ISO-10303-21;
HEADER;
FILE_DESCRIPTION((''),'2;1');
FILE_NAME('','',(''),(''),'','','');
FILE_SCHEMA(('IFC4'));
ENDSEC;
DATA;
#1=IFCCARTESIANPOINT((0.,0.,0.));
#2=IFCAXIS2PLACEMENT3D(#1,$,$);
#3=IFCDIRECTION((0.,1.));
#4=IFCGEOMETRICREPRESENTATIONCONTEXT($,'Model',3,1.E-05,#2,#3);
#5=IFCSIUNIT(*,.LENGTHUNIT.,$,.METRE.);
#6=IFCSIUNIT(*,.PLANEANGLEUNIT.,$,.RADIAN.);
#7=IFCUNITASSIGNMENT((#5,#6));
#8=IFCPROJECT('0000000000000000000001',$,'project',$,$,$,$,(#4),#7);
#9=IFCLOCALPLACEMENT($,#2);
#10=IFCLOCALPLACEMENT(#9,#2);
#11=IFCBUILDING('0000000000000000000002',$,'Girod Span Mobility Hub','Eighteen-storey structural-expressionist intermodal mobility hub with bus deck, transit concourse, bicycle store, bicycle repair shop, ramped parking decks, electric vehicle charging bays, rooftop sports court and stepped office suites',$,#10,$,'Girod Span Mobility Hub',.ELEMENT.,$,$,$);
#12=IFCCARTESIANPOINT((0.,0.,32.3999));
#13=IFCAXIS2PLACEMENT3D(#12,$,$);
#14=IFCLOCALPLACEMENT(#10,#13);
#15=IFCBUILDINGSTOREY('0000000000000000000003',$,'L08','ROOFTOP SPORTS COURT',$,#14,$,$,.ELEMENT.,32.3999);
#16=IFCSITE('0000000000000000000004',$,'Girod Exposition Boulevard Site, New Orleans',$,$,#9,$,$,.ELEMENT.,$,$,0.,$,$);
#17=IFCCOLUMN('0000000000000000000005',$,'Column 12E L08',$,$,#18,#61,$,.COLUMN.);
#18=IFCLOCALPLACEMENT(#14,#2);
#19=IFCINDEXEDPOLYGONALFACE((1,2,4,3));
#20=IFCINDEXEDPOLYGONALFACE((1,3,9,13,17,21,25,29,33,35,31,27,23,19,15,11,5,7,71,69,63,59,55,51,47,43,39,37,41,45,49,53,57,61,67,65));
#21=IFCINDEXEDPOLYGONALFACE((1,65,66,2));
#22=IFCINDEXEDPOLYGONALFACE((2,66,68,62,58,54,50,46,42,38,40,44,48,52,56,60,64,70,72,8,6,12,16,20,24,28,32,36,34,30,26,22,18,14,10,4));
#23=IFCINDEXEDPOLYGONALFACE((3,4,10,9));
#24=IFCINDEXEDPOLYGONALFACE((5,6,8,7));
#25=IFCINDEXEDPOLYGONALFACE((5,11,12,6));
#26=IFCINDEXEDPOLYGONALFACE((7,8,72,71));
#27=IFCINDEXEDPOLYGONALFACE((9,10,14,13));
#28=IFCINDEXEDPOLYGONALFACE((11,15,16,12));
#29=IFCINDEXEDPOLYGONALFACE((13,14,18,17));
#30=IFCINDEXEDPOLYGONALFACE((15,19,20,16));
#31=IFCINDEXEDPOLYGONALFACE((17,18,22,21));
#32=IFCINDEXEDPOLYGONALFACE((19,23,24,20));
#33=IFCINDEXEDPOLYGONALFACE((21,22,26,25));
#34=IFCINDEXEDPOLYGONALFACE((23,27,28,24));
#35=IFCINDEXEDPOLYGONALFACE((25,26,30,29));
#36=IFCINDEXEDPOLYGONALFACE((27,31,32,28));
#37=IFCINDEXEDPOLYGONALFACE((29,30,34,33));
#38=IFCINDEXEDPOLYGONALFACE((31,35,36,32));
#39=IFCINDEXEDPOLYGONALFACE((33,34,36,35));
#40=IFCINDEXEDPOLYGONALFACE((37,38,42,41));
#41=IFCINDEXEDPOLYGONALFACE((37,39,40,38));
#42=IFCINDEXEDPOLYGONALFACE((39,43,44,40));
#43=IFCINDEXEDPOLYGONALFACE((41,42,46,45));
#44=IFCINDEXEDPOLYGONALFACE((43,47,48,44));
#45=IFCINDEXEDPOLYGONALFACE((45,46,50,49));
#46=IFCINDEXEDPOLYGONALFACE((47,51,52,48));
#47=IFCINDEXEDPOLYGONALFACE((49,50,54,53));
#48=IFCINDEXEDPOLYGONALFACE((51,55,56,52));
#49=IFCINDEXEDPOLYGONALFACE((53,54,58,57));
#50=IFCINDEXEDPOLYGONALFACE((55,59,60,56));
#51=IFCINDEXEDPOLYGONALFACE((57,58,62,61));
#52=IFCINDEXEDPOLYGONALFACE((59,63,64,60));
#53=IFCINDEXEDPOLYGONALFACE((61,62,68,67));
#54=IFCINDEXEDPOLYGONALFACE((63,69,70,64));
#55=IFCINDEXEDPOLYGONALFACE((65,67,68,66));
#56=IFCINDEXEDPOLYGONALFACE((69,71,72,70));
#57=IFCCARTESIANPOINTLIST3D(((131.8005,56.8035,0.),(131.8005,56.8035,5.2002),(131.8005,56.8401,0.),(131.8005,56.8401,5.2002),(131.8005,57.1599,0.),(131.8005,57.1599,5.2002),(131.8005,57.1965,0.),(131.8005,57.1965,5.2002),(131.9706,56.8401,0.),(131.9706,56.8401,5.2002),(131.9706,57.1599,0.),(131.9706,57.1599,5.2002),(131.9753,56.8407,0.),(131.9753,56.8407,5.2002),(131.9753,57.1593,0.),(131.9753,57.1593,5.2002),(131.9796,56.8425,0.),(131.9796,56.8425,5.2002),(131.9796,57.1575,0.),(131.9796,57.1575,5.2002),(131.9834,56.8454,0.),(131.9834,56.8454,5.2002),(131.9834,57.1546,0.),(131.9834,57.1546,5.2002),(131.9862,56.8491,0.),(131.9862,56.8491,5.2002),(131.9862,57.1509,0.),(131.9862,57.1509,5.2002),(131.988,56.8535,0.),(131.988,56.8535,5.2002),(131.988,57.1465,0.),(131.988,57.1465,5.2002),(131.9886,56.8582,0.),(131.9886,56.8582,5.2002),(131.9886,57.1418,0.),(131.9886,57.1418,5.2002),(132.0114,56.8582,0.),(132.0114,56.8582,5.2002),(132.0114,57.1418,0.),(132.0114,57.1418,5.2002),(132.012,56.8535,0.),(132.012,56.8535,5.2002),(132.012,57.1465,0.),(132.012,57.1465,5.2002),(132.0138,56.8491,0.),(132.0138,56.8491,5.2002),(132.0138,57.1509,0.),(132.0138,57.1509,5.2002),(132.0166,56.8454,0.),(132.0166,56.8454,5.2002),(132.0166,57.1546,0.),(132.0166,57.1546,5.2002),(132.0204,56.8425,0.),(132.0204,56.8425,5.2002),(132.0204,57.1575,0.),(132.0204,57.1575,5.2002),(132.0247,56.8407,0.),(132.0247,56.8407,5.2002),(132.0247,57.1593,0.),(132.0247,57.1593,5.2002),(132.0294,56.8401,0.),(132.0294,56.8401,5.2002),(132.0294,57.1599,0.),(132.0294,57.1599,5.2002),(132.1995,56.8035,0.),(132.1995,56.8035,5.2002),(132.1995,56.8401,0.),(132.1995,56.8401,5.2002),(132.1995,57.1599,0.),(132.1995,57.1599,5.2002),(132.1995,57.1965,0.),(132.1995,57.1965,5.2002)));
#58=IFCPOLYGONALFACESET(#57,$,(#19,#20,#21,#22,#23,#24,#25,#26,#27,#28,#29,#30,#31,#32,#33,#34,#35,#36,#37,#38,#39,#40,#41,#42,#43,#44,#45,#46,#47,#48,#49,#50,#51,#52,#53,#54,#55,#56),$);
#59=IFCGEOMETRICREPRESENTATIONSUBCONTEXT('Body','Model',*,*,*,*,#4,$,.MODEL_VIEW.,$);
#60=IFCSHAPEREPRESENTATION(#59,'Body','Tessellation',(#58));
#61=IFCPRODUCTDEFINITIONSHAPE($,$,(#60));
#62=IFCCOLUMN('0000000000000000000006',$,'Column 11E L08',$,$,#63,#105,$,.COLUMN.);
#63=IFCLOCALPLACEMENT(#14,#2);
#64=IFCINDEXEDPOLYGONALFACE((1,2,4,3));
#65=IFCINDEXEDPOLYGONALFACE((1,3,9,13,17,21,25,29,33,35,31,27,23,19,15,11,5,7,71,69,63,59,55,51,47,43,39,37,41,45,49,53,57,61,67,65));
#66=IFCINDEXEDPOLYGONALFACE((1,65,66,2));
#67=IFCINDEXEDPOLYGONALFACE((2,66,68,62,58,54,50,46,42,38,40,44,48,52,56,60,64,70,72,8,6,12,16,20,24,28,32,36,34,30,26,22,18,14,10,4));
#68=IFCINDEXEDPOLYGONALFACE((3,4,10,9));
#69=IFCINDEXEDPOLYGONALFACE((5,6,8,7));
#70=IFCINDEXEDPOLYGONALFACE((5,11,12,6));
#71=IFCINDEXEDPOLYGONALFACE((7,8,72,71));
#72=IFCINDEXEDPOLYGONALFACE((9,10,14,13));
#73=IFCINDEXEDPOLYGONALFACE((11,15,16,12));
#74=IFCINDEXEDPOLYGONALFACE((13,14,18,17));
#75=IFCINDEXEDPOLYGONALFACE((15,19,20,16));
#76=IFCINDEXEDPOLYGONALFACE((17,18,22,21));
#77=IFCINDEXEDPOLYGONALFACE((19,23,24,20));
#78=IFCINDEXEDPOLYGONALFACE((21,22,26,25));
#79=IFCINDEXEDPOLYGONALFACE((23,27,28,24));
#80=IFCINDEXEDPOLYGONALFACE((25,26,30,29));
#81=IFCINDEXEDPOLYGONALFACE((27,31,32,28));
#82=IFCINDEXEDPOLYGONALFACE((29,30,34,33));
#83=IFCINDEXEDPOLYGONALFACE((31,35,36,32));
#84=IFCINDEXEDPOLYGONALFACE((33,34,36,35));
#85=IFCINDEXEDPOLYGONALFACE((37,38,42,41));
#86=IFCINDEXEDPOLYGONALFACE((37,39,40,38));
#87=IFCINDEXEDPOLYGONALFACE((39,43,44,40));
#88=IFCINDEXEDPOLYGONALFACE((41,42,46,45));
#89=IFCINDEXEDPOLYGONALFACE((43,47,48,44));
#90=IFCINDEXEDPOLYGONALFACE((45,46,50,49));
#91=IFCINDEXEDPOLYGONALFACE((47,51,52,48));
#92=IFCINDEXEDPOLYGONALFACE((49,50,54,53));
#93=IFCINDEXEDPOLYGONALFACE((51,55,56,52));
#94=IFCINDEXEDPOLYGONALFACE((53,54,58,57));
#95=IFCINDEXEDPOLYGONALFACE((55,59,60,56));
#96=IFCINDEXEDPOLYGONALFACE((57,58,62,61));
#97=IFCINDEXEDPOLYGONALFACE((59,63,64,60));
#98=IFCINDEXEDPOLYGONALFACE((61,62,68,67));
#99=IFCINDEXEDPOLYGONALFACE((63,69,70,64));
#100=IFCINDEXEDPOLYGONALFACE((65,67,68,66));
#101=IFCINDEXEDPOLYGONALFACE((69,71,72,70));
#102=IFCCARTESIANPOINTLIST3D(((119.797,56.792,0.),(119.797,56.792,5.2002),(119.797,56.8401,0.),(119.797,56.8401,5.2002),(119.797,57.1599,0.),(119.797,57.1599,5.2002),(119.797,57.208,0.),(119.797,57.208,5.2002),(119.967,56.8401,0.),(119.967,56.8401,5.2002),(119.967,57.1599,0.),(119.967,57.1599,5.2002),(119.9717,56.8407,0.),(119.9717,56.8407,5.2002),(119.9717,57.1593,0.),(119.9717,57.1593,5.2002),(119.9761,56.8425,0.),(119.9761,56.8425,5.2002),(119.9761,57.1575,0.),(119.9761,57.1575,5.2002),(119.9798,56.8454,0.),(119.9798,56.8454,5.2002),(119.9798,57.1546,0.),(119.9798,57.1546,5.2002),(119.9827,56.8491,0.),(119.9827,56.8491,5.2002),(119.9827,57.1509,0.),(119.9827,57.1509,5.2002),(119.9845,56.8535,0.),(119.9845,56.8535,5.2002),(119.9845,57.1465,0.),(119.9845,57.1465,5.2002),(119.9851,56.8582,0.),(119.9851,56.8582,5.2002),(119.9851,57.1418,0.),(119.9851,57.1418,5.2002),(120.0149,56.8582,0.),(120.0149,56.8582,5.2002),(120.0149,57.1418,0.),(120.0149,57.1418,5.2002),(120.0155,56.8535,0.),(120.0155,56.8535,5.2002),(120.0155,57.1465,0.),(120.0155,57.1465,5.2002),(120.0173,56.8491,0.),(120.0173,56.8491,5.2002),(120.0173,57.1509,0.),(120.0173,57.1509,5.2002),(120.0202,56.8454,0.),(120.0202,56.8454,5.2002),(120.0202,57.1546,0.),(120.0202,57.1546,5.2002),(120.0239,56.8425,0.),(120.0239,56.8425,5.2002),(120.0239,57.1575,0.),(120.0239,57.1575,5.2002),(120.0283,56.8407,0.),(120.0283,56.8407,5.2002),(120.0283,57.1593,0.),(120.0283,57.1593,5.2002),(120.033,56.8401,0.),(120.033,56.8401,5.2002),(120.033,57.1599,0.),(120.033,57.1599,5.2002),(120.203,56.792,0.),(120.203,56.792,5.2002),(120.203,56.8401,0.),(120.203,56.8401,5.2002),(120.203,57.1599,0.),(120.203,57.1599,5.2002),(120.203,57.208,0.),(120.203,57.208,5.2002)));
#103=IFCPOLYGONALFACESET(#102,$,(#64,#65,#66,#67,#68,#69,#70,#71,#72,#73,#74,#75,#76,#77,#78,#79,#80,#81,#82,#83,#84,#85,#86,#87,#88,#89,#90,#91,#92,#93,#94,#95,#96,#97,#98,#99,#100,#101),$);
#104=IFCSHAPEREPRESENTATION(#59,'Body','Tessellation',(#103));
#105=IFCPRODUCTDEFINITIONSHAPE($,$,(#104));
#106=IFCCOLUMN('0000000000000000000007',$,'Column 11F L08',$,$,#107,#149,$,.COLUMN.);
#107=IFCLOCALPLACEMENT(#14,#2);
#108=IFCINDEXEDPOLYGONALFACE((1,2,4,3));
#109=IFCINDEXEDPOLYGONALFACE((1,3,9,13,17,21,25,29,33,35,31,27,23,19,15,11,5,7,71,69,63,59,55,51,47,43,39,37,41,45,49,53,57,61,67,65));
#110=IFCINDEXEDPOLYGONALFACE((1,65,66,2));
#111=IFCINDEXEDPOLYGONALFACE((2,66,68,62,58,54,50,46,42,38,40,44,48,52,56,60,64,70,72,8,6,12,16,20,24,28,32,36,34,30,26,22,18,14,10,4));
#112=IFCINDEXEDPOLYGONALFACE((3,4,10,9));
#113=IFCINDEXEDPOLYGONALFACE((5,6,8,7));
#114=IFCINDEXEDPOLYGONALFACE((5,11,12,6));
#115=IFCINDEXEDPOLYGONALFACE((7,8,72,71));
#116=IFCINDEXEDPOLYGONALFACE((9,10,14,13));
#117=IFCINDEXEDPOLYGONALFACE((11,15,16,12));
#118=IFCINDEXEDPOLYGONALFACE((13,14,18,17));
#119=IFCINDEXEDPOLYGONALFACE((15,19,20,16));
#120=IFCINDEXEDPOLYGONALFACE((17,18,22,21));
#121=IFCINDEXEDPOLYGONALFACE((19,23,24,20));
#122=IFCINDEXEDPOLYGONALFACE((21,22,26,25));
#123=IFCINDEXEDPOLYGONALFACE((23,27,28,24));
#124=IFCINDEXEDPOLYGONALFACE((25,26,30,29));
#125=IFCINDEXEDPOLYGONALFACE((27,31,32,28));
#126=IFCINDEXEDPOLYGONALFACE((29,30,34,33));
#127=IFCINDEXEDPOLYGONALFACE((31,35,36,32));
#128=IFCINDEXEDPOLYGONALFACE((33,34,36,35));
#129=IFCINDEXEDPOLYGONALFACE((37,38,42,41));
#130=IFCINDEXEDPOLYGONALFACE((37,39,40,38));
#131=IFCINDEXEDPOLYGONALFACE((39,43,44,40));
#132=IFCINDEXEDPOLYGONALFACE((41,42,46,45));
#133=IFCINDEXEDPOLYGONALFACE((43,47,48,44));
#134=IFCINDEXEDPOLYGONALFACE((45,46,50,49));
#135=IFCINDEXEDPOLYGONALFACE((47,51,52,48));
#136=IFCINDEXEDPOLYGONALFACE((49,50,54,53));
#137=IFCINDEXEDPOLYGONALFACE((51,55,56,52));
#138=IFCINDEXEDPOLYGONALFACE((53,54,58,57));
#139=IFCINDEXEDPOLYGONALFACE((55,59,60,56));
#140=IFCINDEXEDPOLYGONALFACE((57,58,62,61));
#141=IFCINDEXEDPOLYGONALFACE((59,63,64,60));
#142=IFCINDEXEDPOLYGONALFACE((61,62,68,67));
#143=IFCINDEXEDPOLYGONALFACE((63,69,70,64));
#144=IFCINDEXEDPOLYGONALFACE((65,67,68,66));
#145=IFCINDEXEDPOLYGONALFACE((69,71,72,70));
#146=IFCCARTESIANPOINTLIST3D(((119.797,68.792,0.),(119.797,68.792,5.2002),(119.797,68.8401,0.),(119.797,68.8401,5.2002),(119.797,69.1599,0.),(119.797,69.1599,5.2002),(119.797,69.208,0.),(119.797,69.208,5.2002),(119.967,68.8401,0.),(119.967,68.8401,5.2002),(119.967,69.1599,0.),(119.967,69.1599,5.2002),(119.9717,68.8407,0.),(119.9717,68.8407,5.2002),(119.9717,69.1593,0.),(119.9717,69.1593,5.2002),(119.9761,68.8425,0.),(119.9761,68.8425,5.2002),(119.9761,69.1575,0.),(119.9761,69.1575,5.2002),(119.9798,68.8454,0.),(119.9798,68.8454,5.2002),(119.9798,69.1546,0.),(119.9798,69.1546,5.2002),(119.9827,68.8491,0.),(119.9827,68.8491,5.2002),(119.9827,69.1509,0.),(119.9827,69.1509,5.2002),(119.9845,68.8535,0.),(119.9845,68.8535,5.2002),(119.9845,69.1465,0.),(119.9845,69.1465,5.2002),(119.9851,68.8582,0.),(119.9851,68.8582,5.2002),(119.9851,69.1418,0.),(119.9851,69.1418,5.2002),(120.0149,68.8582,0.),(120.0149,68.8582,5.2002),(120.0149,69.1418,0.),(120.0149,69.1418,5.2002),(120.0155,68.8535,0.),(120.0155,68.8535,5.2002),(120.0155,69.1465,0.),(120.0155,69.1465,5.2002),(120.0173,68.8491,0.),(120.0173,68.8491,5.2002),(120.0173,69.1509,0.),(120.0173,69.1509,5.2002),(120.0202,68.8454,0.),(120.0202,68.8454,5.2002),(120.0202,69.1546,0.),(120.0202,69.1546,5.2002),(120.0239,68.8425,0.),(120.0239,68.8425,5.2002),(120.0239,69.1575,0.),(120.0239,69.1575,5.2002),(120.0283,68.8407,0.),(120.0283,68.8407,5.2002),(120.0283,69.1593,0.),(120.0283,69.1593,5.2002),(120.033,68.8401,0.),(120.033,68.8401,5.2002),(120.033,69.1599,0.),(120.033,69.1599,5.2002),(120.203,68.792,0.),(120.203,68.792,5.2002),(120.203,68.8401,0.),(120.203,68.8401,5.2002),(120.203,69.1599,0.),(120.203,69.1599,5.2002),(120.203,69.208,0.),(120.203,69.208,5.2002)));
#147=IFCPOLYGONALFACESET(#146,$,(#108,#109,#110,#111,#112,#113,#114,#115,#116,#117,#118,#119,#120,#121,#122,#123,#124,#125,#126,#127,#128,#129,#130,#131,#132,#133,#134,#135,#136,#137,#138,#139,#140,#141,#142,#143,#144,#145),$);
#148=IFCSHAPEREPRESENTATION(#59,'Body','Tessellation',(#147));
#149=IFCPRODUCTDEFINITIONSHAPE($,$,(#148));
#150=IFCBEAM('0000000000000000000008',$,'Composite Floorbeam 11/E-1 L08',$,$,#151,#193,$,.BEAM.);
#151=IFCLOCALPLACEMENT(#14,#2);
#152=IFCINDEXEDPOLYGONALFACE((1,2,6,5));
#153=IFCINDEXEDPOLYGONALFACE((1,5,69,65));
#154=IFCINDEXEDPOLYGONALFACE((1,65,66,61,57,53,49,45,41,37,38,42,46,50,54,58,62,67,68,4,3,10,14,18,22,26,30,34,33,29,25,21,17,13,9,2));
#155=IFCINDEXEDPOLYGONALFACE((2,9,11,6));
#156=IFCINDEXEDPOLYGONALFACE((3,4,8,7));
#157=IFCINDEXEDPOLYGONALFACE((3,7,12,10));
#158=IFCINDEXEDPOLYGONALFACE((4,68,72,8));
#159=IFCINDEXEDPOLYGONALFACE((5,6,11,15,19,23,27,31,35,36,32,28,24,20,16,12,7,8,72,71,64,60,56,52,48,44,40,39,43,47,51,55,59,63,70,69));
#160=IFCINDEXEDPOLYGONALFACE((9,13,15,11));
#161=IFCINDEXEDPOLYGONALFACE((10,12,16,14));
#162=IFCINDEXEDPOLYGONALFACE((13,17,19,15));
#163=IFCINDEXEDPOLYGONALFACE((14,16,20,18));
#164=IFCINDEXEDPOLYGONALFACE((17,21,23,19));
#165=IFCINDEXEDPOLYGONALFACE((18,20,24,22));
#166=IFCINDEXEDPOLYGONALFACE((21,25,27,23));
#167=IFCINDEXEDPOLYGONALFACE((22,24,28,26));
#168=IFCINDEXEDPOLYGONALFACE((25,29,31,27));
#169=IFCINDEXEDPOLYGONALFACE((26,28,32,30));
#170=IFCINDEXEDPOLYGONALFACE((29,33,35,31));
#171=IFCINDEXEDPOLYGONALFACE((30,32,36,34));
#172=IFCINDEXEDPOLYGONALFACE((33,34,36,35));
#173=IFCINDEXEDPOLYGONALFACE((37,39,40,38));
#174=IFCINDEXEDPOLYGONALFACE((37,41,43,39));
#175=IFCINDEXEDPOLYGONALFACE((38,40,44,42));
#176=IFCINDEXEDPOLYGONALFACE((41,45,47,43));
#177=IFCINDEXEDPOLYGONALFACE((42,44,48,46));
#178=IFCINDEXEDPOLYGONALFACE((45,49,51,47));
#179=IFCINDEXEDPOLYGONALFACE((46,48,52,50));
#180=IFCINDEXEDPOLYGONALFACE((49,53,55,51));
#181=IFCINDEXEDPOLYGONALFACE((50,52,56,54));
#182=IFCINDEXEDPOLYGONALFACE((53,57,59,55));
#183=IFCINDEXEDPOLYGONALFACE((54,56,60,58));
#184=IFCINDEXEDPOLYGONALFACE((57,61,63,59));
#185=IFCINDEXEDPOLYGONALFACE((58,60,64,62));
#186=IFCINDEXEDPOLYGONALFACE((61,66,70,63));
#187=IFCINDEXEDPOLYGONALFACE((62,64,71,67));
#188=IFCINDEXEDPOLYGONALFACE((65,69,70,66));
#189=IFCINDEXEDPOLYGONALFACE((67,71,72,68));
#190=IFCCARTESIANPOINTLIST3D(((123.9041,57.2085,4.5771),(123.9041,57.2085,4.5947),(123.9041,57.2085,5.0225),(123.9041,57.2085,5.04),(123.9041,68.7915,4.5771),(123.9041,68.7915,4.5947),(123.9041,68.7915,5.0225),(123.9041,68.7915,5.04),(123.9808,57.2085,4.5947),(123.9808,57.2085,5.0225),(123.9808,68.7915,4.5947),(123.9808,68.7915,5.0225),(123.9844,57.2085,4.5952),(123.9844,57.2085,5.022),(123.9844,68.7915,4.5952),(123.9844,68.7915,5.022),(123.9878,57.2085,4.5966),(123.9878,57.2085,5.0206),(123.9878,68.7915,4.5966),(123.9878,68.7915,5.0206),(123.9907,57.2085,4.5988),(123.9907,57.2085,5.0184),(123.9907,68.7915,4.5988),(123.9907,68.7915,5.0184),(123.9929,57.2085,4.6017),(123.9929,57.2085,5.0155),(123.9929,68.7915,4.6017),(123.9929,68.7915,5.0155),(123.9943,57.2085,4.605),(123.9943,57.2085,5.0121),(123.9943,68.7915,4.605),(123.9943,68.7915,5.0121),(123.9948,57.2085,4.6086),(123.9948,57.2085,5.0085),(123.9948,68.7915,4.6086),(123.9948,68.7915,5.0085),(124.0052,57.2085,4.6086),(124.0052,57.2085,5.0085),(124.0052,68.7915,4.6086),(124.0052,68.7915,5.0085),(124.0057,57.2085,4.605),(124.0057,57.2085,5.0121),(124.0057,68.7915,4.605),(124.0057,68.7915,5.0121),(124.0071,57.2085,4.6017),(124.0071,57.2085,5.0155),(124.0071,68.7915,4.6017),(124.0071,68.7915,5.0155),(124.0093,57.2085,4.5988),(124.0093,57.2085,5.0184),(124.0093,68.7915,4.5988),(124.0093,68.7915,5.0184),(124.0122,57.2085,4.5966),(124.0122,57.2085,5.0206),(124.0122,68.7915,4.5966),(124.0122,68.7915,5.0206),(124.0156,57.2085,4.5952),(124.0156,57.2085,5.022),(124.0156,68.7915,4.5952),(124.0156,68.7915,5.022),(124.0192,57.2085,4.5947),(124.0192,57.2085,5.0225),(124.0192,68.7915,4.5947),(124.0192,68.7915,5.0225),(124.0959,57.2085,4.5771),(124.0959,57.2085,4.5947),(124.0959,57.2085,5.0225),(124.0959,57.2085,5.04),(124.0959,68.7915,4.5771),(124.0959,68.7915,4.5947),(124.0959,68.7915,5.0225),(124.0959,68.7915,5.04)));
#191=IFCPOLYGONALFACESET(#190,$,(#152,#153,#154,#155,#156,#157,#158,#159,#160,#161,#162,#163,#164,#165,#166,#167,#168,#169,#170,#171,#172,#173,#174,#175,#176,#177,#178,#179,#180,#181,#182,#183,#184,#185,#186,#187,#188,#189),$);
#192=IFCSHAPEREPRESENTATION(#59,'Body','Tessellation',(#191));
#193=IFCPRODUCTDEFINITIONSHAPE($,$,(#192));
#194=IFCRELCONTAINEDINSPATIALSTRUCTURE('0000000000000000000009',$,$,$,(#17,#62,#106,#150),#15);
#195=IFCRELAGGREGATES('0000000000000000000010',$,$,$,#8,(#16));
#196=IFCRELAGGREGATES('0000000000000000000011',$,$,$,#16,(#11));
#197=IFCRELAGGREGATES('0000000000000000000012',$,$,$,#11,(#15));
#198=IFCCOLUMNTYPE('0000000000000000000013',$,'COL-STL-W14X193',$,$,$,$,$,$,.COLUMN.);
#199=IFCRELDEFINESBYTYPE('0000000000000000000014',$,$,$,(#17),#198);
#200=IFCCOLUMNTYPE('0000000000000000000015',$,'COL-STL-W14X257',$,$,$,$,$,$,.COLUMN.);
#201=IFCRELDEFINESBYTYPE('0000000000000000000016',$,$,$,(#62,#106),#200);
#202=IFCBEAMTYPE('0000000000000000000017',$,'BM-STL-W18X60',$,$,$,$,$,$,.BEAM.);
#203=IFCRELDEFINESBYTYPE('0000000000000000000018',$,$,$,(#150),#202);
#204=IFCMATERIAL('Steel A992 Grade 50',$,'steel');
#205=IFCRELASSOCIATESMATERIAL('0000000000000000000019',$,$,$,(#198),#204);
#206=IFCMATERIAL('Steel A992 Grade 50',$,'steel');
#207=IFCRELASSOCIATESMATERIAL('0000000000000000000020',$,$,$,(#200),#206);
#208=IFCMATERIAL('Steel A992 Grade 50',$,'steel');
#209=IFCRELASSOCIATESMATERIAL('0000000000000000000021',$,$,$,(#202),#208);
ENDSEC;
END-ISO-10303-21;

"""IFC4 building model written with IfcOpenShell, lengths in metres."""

from ifc_helpers import new_model, si_unit, direction, frame, origin, origin_2d, place, context, subcontext, project, spatial, i_section, extrude, material, material_profile, profile_set, type_object, element, save


model = new_model("IFC4")

# Units and contexts
model_context = context("Model", 3, precision=1e-05, world=origin(), true_north=direction((0.0, 1.0)))
body_context = subcontext(model_context, "Body", "Model", "MODEL_VIEW")
ifc_project = project(units=[si_unit("LENGTHUNIT", "METRE"), si_unit("PLANEANGLEUNIT", "RADIAN")], contexts=[model_context])

# Site, building, storey
site_placement = place(None, origin())
site = spatial("IfcSite", under=ifc_project, at=site_placement, Name="Girod Exposition Boulevard Site, New Orleans", CompositionType="ELEMENT", RefElevation=0.0)
building_placement = place(site_placement, origin())
building = spatial("IfcBuilding", under=site, at=building_placement, Name="Girod Span Mobility Hub", Description="Eighteen-storey structural-expressionist intermodal mobility hub with bus deck, transit concourse, bicycle store, bicycle repair shop, ramped parking decks, electric vehicle charging bays, rooftop sports court and stepped office suites", LongName="Girod Span Mobility Hub", CompositionType="ELEMENT")
storey_placement = place(building_placement, frame((0.0, 0.0, 32.3999)))
storey = spatial("IfcBuildingStorey", under=building, at=storey_placement, Name="L08", Description="ROOFTOP SPORTS COURT", CompositionType="ELEMENT", Elevation=32.3999)

# Columns
ifc_material_1 = material(Name="Steel A992 Grade 50", Category="steel")
ifc_material_profile_1 = material_profile(ifc_material_1, i_section(OverallWidth=0.3989, OverallDepth=0.3931, WebThickness=0.0227, FlangeThickness=0.0366, FilletRadius=0.0181, at=origin_2d()), Name="W14X193")
ifc_profile_set_1 = profile_set([ifc_material_profile_1], Name="Steel A992 Grade 50")
column_type_1 = type_object("IfcColumnType", Name="COL-STL-W14X193", PredefinedType="COLUMN", material=ifc_profile_set_1)
column_placement = place(storey_placement, frame((132.0, 57.0, 0.0), z_axis=(0.0, 0.0, 1.0), x_axis=(1.0, 0.0, 0.0)))
element("IfcColumn", 1, at=column_placement, inside=storey, type_object=column_type_1, Name="Column 12E L08", PredefinedType="COLUMN", context=body_context, shape_type="SweptSolid", body=[
    extrude(i_section(OverallWidth=0.3989, OverallDepth=0.3931, WebThickness=0.0227, FlangeThickness=0.0366, FilletRadius=0.0181, at=origin_2d()), origin(), (0.0, 0.0, 1.0), 5.2002),
])
ifc_material_2 = material(Name="Steel A992 Grade 50", Category="steel")
ifc_material_profile_2 = material_profile(ifc_material_2, i_section(OverallWidth=0.406, OverallDepth=0.416, WebThickness=0.0298, FlangeThickness=0.0481, FilletRadius=0.0181, at=origin_2d()), Name="W14X257")
ifc_profile_set_2 = profile_set([ifc_material_profile_2], Name="Steel A992 Grade 50")
column_type_2 = type_object("IfcColumnType", Name="COL-STL-W14X257", PredefinedType="COLUMN", material=ifc_profile_set_2)
for number, where, z_axis, x_axis, name in (
    (2, (120.0, 57.0, 0.0), (0.0, 0.0, 1.0), (1.0, 0.0, 0.0), "Column 11E L08"),
    (3, (120.0, 69.0, 0.0), (0.0, 0.0, 1.0), (1.0, 0.0, 0.0), "Column 11F L08"),
):
    element("IfcColumn", number, at=place(storey_placement, frame(where, z_axis=z_axis, x_axis=x_axis)), inside=storey, type_object=column_type_2, Name=name, PredefinedType="COLUMN", context=body_context, shape_type="SweptSolid", body=[
        extrude(i_section(OverallWidth=0.406, OverallDepth=0.416, WebThickness=0.0298, FlangeThickness=0.0481, FilletRadius=0.0181, at=origin_2d()), origin(), (0.0, 0.0, 1.0), 5.2002),
    ])

# Beam
ifc_material_3 = material(Name="Steel A992 Grade 50", Category="steel")
ifc_material_profile_3 = material_profile(ifc_material_3, i_section(OverallWidth=0.1919, OverallDepth=0.4629, WebThickness=0.0105, FlangeThickness=0.0176, FilletRadius=0.0139, at=origin_2d()), Name="W18X60")
ifc_profile_set_3 = profile_set([ifc_material_profile_3], Name="Steel A992 Grade 50")
beam_type_1 = type_object("IfcBeamType", Name="BM-STL-W18X60", PredefinedType="BEAM", material=ifc_profile_set_3)
for number, where, z_axis, x_axis, name in (
    (4, (124.0, 57.2085, 4.8086), (0.0, 1.0, 0.0), (-1.0, 0.0, 0.0), "Composite Floorbeam 11/E-1 L08"),
):
    element("IfcBeam", number, at=place(storey_placement, frame(where, z_axis=z_axis, x_axis=x_axis)), inside=storey, type_object=beam_type_1, Name=name, PredefinedType="BEAM", context=body_context, shape_type="SweptSolid", body=[
        extrude(i_section(OverallWidth=0.1919, OverallDepth=0.4629, WebThickness=0.0105, FlangeThickness=0.0176, FilletRadius=0.0139, at=origin_2d()), origin(), (0.0, 0.0, 1.0), 11.583),
    ])

save(model, "model.ifc")
